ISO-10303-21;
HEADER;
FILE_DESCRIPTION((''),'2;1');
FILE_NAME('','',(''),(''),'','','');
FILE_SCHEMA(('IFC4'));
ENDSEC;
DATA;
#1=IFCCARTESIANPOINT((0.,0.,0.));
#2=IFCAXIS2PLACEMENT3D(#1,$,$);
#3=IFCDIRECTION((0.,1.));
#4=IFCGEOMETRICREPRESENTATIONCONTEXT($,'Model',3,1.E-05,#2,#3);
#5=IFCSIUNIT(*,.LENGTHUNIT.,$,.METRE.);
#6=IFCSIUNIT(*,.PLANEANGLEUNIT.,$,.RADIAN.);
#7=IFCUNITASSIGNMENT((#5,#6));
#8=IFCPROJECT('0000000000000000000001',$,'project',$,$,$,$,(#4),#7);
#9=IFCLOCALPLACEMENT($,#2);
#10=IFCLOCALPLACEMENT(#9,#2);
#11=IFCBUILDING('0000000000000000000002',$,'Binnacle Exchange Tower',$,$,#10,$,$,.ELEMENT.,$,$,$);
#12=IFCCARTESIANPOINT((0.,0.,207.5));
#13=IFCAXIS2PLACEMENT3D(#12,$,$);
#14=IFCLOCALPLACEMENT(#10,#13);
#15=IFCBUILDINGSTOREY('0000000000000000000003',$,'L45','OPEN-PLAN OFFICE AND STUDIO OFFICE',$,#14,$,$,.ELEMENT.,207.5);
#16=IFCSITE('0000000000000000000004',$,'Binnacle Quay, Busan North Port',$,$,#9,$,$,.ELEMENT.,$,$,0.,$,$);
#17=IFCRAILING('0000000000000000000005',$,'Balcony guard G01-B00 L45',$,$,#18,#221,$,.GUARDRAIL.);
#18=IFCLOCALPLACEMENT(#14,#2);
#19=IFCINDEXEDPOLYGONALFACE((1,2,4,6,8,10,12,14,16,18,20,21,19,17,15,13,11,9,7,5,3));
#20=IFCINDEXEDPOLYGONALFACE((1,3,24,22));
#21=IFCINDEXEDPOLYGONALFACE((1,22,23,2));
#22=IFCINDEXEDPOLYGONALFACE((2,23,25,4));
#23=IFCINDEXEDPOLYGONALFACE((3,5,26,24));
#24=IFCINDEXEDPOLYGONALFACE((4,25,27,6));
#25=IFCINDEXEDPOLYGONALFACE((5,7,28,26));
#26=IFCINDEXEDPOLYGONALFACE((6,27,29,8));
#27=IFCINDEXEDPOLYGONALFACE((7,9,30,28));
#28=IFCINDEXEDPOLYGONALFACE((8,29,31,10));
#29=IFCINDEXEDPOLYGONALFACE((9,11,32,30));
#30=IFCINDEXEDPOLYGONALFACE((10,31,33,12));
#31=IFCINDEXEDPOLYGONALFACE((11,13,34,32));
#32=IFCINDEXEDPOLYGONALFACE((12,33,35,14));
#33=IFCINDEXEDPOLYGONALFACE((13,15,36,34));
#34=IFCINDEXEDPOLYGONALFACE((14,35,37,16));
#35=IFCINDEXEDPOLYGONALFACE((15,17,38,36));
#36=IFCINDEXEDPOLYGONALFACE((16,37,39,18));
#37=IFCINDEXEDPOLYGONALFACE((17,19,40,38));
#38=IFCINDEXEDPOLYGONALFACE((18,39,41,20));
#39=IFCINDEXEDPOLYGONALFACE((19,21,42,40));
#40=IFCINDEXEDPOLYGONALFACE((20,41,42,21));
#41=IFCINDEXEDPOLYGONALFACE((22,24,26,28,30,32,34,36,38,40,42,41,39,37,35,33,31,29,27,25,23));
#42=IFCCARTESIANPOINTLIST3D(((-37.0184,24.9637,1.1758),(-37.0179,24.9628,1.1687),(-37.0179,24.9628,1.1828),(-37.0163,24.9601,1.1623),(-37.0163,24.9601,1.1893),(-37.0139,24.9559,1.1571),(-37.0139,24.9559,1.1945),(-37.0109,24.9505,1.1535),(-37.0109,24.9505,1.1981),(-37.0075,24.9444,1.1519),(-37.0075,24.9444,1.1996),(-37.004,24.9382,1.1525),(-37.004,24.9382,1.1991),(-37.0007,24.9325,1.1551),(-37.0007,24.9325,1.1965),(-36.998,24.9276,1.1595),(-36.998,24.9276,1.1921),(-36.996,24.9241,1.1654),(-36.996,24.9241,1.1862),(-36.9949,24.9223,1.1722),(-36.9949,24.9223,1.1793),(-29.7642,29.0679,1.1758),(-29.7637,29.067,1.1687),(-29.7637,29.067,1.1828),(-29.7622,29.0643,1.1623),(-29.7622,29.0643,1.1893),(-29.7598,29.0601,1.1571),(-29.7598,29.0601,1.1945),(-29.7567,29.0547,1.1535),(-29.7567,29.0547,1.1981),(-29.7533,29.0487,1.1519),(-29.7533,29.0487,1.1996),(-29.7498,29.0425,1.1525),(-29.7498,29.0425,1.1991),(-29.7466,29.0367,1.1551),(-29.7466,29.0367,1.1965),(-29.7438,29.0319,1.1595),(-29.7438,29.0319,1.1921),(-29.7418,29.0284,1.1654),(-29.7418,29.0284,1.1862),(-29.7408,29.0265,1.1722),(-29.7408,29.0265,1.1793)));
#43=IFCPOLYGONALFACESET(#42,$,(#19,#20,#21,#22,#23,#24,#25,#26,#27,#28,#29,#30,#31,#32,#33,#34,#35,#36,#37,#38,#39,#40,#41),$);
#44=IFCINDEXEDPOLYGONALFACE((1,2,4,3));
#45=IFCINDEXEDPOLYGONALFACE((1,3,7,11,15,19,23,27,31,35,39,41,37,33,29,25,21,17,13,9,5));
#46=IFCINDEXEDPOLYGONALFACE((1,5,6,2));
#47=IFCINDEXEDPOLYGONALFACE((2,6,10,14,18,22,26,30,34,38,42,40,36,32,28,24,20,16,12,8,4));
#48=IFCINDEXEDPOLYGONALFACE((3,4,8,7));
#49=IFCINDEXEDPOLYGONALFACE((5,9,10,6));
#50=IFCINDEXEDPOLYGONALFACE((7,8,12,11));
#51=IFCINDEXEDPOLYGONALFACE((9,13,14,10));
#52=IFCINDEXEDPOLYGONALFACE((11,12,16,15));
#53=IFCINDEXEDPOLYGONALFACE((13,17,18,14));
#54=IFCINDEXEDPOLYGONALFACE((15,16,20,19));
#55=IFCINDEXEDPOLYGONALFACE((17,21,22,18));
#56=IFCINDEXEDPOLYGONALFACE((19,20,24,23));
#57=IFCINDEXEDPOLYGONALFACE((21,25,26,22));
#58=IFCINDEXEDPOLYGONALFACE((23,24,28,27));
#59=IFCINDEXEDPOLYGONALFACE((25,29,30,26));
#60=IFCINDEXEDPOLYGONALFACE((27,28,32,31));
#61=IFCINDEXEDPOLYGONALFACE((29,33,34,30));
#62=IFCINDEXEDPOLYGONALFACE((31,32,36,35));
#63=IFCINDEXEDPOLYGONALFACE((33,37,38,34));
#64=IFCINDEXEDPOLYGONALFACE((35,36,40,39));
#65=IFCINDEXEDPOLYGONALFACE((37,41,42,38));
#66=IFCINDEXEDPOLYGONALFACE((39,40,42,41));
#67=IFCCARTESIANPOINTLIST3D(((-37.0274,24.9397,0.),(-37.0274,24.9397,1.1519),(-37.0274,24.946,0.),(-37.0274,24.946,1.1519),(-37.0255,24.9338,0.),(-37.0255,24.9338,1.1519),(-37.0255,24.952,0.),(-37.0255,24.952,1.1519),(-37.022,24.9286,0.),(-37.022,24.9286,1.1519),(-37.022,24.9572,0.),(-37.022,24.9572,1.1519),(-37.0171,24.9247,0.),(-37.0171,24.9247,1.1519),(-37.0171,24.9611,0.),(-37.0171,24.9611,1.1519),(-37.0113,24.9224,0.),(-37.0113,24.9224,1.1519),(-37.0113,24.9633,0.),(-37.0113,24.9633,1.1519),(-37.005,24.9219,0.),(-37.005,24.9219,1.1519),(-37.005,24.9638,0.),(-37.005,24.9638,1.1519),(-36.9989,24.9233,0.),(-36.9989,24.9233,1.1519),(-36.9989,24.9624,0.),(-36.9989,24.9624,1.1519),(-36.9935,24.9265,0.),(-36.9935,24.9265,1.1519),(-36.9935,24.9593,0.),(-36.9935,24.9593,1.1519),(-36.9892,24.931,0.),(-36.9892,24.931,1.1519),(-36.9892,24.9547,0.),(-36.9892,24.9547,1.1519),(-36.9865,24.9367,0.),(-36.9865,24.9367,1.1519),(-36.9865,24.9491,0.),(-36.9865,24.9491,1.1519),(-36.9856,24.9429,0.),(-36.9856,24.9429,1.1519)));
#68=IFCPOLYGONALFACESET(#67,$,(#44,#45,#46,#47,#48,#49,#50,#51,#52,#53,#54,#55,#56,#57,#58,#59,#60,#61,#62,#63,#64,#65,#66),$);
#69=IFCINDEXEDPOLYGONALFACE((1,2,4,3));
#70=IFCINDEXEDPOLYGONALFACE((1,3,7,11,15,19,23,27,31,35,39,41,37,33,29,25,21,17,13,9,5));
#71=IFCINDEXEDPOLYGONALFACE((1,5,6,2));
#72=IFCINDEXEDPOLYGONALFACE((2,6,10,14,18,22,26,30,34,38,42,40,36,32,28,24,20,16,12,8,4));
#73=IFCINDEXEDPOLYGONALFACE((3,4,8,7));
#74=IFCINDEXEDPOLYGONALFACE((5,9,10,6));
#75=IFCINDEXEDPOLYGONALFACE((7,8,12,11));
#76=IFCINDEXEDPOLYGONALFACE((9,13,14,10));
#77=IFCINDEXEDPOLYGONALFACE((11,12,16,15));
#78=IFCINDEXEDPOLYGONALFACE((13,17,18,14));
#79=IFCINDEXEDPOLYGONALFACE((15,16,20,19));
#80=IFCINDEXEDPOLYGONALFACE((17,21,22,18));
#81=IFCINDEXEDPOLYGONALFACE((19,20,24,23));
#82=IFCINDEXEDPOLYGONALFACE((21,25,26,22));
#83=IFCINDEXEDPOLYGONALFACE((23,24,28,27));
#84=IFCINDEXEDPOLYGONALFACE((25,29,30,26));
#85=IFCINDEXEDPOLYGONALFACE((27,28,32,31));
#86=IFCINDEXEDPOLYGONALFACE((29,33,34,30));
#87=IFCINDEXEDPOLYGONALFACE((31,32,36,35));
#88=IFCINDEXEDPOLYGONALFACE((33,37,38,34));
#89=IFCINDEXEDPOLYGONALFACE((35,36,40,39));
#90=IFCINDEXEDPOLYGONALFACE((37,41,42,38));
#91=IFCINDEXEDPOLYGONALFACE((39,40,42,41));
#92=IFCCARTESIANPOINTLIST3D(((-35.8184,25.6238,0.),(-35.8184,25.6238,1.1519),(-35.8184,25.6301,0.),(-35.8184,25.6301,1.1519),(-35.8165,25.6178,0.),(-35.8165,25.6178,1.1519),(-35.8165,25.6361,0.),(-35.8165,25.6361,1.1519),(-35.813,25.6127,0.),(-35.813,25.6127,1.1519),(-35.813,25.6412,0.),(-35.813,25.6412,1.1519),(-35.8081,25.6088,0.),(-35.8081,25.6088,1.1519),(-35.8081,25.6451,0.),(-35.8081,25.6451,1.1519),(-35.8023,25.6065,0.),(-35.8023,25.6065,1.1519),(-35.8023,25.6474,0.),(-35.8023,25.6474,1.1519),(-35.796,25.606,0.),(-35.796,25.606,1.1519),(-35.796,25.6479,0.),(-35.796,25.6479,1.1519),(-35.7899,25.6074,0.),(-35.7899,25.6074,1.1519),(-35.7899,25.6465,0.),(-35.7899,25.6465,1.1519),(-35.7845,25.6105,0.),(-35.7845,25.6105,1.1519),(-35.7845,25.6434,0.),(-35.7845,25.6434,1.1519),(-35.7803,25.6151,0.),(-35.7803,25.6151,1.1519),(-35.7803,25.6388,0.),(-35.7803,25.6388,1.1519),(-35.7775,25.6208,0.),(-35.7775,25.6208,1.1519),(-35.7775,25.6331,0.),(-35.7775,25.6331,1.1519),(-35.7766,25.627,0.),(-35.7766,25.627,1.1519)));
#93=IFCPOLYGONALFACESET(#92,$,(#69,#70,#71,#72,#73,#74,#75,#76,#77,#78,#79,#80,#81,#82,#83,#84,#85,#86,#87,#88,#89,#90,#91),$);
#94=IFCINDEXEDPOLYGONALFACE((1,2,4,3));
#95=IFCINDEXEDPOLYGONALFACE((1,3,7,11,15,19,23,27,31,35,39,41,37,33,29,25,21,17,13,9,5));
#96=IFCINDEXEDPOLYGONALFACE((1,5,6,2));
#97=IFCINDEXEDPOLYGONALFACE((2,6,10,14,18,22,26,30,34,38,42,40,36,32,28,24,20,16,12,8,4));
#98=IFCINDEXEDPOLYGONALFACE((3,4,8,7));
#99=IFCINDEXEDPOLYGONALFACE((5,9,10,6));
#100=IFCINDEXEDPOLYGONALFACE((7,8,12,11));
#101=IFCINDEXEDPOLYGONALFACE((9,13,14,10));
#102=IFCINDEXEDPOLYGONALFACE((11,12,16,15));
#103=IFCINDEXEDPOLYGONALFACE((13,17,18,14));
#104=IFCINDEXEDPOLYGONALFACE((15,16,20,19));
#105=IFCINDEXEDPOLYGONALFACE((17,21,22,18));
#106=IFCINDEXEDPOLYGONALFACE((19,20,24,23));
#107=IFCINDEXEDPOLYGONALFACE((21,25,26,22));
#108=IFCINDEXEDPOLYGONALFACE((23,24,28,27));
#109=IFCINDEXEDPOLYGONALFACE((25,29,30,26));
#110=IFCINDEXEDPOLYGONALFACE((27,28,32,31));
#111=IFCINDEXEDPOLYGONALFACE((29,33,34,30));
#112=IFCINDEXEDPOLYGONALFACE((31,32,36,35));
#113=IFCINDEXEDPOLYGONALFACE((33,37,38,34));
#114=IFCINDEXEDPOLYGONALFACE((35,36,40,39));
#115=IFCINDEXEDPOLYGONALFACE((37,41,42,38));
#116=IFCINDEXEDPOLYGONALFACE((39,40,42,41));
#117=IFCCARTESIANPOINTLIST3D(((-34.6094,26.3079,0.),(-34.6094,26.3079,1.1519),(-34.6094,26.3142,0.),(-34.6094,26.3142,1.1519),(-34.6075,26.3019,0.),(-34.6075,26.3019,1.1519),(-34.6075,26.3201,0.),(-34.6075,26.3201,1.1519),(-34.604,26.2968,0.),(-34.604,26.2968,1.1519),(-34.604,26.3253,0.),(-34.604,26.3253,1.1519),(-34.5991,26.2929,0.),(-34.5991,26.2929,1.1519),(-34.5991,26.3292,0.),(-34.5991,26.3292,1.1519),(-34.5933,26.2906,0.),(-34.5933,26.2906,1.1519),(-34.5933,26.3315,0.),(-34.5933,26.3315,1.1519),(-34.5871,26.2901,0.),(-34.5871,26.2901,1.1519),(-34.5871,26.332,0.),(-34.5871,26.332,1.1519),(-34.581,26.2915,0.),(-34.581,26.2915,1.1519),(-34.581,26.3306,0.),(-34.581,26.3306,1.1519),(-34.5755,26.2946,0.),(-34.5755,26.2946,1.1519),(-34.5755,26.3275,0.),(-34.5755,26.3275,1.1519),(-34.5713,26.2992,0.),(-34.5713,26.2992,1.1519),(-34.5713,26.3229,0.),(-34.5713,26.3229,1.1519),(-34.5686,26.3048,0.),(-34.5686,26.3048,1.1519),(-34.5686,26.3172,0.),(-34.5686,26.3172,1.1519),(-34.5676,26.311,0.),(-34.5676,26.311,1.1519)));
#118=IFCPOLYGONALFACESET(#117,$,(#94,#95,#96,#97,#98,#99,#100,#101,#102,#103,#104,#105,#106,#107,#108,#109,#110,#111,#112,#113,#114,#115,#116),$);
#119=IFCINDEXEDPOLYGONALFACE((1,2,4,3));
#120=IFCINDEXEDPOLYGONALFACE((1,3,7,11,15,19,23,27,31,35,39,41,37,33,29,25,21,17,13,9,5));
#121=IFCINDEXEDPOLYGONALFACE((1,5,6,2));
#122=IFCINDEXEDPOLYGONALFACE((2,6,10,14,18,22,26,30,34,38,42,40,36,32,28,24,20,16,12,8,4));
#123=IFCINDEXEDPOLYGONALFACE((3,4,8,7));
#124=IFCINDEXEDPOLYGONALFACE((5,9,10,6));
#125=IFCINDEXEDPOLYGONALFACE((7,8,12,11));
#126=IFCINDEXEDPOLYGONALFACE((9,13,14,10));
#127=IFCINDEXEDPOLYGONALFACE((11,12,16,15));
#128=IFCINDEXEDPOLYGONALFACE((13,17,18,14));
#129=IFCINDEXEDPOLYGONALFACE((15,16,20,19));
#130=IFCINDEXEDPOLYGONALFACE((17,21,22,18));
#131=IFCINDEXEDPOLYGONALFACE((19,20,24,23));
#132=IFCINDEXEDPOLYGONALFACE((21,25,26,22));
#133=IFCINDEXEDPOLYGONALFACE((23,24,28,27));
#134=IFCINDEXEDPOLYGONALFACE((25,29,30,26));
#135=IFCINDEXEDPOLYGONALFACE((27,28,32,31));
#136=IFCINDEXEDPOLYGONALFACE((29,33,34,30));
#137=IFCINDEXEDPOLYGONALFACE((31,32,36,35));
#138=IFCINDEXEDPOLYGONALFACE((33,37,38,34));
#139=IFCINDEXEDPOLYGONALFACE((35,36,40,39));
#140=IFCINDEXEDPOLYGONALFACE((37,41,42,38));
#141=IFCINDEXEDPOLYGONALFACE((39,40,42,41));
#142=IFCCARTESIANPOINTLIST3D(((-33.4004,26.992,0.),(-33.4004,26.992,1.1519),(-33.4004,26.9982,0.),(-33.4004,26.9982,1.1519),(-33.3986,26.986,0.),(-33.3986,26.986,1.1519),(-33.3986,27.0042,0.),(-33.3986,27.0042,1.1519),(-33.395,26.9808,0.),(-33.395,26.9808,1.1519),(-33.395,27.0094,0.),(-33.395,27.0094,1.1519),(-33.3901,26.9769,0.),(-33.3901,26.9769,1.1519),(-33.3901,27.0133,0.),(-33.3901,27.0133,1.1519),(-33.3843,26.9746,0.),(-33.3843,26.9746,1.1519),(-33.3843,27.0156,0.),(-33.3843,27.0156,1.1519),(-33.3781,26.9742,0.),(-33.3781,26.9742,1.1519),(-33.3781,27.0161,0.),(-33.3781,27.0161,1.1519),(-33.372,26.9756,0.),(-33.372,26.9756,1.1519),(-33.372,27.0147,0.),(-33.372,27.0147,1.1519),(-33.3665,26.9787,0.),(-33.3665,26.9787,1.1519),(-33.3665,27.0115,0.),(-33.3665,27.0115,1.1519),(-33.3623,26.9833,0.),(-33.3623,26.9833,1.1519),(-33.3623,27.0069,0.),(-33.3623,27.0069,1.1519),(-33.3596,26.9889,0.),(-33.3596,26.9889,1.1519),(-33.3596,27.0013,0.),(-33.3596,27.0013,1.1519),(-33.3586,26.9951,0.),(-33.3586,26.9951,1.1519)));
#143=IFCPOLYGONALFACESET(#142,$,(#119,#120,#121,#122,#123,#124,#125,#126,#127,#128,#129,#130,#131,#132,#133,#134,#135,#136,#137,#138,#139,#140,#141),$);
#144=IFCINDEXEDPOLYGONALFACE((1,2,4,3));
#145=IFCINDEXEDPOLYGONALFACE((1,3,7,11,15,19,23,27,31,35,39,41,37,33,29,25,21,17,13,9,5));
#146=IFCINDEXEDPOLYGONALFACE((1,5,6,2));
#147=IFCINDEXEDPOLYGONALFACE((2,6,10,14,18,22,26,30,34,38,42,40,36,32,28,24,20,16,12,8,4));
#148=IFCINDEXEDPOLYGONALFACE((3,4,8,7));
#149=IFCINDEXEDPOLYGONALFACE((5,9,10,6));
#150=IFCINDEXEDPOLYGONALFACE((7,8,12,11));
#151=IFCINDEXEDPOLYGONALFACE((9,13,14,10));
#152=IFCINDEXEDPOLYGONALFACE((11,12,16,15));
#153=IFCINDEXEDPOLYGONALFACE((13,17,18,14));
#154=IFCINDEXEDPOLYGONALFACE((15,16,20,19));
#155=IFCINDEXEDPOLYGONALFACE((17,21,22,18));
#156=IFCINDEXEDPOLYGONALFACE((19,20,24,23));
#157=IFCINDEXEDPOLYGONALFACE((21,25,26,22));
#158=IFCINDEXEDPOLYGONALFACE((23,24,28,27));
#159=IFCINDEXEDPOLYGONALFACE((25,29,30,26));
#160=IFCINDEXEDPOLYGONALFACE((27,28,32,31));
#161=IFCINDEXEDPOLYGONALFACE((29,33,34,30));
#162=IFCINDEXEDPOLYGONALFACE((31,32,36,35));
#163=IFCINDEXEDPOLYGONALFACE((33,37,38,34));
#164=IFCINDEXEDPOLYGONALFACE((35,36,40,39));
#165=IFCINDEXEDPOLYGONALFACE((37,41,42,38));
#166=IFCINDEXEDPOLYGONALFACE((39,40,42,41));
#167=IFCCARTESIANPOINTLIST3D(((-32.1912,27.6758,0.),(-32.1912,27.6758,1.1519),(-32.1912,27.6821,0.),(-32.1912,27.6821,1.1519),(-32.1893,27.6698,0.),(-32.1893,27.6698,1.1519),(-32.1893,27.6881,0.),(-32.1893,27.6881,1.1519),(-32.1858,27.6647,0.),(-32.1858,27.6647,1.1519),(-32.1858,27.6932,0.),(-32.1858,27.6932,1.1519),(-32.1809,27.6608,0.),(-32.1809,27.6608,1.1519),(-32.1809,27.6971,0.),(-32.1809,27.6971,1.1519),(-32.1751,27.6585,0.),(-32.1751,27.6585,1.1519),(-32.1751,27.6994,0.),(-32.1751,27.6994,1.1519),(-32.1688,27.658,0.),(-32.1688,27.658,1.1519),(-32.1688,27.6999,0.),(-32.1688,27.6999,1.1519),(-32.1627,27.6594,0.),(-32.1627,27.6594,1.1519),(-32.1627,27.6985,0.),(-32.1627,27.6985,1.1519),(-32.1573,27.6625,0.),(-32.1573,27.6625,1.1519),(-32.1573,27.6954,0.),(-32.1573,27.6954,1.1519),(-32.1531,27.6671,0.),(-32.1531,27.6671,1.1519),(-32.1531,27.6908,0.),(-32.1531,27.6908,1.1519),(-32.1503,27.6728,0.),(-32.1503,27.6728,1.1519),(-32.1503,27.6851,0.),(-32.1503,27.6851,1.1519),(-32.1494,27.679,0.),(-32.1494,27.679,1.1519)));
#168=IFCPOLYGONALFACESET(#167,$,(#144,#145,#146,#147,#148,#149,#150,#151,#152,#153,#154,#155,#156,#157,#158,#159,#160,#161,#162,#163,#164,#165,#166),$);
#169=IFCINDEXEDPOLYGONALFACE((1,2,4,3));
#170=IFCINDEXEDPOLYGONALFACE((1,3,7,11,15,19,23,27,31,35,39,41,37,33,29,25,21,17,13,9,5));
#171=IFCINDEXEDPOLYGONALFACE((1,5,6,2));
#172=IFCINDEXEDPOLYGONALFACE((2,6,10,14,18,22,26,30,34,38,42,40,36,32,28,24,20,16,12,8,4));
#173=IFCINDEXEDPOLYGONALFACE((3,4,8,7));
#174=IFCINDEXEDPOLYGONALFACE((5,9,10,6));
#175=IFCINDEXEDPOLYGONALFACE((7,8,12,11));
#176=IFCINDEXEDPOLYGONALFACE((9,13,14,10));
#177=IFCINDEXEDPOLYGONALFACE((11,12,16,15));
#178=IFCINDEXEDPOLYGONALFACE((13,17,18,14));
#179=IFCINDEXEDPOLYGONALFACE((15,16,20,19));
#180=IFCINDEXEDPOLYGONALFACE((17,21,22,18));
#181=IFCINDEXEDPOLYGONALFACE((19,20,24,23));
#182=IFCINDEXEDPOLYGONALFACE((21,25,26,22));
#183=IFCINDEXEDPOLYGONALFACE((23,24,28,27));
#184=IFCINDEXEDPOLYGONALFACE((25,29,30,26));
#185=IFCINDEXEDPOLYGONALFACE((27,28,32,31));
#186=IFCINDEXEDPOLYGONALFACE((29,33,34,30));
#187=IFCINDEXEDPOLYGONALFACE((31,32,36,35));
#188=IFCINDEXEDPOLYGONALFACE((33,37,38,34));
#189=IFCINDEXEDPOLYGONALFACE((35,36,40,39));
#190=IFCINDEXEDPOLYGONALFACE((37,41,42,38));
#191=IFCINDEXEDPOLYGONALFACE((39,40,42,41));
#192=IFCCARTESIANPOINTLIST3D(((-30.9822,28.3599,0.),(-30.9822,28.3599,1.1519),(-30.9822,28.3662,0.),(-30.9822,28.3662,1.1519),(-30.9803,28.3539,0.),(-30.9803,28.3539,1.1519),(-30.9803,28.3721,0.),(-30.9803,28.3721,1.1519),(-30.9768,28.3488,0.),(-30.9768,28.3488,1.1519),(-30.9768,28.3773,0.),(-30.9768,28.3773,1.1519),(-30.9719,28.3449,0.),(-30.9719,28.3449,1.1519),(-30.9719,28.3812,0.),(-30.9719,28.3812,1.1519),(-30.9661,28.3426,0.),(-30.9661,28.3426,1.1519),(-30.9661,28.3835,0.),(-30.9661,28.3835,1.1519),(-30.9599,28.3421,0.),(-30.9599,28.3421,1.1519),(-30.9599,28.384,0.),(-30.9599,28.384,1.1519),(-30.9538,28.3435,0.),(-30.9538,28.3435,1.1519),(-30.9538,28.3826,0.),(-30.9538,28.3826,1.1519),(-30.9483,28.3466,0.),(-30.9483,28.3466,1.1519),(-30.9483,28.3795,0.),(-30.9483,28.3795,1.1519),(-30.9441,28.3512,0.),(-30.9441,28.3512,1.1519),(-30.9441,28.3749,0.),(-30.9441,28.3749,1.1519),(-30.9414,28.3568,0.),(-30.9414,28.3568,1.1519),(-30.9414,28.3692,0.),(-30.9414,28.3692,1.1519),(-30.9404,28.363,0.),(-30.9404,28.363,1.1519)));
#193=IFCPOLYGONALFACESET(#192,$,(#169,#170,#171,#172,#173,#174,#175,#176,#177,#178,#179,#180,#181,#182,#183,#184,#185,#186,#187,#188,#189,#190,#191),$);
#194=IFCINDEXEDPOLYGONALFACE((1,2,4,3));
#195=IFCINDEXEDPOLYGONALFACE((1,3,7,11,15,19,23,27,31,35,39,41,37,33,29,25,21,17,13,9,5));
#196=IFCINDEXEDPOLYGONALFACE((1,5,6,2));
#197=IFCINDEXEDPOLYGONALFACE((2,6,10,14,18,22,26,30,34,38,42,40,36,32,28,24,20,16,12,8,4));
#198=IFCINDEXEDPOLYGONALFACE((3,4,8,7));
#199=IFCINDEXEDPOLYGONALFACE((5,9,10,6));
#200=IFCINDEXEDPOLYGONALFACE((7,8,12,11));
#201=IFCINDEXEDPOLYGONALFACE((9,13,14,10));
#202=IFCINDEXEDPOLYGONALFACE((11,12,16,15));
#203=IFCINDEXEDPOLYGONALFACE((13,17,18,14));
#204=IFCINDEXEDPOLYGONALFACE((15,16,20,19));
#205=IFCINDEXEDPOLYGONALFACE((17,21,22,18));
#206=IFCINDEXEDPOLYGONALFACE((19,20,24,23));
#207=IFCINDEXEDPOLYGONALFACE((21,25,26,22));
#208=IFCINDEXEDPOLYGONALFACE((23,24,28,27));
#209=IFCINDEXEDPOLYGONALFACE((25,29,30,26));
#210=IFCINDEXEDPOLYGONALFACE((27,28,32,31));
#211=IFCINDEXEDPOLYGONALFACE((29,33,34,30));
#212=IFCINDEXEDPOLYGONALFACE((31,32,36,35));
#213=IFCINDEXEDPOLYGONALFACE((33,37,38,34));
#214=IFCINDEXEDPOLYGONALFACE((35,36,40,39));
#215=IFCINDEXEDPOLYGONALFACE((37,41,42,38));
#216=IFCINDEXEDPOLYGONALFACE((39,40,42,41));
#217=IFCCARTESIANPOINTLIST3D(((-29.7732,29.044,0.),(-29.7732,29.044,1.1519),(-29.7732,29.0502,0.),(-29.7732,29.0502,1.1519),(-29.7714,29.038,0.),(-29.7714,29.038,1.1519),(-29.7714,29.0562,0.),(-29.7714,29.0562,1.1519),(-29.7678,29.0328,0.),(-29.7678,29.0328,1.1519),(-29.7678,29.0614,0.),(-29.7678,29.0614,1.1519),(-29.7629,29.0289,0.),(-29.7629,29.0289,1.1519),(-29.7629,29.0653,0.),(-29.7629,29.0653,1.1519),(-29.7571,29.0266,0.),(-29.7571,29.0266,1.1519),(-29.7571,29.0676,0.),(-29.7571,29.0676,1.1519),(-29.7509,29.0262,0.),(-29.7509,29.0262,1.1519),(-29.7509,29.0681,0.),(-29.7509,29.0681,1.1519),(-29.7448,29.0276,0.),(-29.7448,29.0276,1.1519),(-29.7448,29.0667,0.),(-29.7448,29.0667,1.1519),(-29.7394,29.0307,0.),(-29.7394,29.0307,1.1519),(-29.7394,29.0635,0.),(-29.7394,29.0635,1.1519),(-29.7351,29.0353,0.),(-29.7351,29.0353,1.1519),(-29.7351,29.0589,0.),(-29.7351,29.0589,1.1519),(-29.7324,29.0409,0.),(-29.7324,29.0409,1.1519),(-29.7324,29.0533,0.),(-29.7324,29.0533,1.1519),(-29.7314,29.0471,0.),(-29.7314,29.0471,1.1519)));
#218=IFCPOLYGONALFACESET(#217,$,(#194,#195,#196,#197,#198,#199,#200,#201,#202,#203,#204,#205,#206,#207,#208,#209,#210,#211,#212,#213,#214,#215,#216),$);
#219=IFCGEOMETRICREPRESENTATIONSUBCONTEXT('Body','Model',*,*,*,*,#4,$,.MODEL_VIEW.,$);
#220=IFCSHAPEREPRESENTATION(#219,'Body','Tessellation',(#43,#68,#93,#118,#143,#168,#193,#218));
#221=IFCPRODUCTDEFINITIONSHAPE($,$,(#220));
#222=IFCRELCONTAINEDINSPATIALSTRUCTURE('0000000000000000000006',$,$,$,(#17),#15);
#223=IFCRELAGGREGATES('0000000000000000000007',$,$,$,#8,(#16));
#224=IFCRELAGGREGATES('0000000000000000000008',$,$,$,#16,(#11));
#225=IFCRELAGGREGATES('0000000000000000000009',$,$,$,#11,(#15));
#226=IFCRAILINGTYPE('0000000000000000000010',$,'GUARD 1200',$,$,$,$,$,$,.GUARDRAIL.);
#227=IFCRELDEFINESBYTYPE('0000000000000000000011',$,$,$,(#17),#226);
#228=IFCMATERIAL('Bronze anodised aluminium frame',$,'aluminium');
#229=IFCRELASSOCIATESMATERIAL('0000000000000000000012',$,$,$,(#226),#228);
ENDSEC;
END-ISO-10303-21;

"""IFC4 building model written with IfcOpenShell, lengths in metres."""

from ifc_helpers import new_model, si_unit, direction, frame, origin, origin_2d, place, context, subcontext, project, spatial, circle, extrude, material, type_object, element, save


model = new_model("IFC4")

# Units and contexts
model_context = context("Model", 3, precision=1e-05, world=origin(), true_north=direction((0.0, 1.0)))
body_context = subcontext(model_context, "Body", "Model", "MODEL_VIEW")
ifc_project = project(units=[si_unit("LENGTHUNIT", "METRE"), si_unit("PLANEANGLEUNIT", "RADIAN")], contexts=[model_context])

# Site, building, storey
site_placement = place(None, origin())
site = spatial("IfcSite", under=ifc_project, at=site_placement, Name="Binnacle Quay, Busan North Port", CompositionType="ELEMENT", RefElevation=0.0)
building_placement = place(site_placement, origin())
building = spatial("IfcBuilding", under=site, at=building_placement, Name="Binnacle Exchange Tower", CompositionType="ELEMENT")
storey_placement = place(building_placement, frame((0.0, 0.0, 207.5)))
storey = spatial("IfcBuildingStorey", under=building, at=storey_placement, Name="L45", Description="OPEN-PLAN OFFICE AND STUDIO OFFICE", CompositionType="ELEMENT", Elevation=207.5)

# Railing
ifc_material_1 = material(Name="Bronze anodised aluminium frame", Category="aluminium")
railing_type_1 = type_object("IfcRailingType", Name="GUARD 1200", PredefinedType="GUARDRAIL", material=ifc_material_1)
railing_1_placement = place(storey_placement, frame((-37.0066, 24.9429, 0.0)))
element("IfcRailing", 1, at=railing_1_placement, inside=storey, type_object=railing_type_1, Name="Balcony guard G01-B00 L45", PredefinedType="GUARDRAIL", context=body_context, shape_type="SweptSolid", body=[
    extrude(circle(Radius=0.0239, at=origin_2d()), frame((0.0, 0.0, 1.1758), z_axis=(0.870353, 0.492428, 0.0), x_axis=(-0.492428, 0.870353, 0.0)), (0.0, 0.0, 1.0), 8.3347),
    extrude(circle(Radius=0.021, at=origin_2d()), origin(), (0.0, 0.0, 1.0), 1.1519),
    extrude(circle(Radius=0.021, at=origin_2d()), frame((1.209, 0.6841, 0.0)), (0.0, 0.0, 1.0), 1.1519),
    extrude(circle(Radius=0.021, at=origin_2d()), frame((2.418, 1.3682, 0.0)), (0.0, 0.0, 1.0), 1.1519),
    extrude(circle(Radius=0.021, at=origin_2d()), frame((3.627, 2.0522, 0.0)), (0.0, 0.0, 1.0), 1.1519),
    extrude(circle(Radius=0.021, at=origin_2d()), frame((4.8362, 2.7361, 0.0)), (0.0, 0.0, 1.0), 1.1519),
    extrude(circle(Radius=0.021, at=origin_2d()), frame((6.0452, 3.4202, 0.0)), (0.0, 0.0, 1.0), 1.1519),
    extrude(circle(Radius=0.021, at=origin_2d()), frame((7.2542, 4.1042, 0.0)), (0.0, 0.0, 1.0), 1.1519),
])

save(model, "model.ifc")
